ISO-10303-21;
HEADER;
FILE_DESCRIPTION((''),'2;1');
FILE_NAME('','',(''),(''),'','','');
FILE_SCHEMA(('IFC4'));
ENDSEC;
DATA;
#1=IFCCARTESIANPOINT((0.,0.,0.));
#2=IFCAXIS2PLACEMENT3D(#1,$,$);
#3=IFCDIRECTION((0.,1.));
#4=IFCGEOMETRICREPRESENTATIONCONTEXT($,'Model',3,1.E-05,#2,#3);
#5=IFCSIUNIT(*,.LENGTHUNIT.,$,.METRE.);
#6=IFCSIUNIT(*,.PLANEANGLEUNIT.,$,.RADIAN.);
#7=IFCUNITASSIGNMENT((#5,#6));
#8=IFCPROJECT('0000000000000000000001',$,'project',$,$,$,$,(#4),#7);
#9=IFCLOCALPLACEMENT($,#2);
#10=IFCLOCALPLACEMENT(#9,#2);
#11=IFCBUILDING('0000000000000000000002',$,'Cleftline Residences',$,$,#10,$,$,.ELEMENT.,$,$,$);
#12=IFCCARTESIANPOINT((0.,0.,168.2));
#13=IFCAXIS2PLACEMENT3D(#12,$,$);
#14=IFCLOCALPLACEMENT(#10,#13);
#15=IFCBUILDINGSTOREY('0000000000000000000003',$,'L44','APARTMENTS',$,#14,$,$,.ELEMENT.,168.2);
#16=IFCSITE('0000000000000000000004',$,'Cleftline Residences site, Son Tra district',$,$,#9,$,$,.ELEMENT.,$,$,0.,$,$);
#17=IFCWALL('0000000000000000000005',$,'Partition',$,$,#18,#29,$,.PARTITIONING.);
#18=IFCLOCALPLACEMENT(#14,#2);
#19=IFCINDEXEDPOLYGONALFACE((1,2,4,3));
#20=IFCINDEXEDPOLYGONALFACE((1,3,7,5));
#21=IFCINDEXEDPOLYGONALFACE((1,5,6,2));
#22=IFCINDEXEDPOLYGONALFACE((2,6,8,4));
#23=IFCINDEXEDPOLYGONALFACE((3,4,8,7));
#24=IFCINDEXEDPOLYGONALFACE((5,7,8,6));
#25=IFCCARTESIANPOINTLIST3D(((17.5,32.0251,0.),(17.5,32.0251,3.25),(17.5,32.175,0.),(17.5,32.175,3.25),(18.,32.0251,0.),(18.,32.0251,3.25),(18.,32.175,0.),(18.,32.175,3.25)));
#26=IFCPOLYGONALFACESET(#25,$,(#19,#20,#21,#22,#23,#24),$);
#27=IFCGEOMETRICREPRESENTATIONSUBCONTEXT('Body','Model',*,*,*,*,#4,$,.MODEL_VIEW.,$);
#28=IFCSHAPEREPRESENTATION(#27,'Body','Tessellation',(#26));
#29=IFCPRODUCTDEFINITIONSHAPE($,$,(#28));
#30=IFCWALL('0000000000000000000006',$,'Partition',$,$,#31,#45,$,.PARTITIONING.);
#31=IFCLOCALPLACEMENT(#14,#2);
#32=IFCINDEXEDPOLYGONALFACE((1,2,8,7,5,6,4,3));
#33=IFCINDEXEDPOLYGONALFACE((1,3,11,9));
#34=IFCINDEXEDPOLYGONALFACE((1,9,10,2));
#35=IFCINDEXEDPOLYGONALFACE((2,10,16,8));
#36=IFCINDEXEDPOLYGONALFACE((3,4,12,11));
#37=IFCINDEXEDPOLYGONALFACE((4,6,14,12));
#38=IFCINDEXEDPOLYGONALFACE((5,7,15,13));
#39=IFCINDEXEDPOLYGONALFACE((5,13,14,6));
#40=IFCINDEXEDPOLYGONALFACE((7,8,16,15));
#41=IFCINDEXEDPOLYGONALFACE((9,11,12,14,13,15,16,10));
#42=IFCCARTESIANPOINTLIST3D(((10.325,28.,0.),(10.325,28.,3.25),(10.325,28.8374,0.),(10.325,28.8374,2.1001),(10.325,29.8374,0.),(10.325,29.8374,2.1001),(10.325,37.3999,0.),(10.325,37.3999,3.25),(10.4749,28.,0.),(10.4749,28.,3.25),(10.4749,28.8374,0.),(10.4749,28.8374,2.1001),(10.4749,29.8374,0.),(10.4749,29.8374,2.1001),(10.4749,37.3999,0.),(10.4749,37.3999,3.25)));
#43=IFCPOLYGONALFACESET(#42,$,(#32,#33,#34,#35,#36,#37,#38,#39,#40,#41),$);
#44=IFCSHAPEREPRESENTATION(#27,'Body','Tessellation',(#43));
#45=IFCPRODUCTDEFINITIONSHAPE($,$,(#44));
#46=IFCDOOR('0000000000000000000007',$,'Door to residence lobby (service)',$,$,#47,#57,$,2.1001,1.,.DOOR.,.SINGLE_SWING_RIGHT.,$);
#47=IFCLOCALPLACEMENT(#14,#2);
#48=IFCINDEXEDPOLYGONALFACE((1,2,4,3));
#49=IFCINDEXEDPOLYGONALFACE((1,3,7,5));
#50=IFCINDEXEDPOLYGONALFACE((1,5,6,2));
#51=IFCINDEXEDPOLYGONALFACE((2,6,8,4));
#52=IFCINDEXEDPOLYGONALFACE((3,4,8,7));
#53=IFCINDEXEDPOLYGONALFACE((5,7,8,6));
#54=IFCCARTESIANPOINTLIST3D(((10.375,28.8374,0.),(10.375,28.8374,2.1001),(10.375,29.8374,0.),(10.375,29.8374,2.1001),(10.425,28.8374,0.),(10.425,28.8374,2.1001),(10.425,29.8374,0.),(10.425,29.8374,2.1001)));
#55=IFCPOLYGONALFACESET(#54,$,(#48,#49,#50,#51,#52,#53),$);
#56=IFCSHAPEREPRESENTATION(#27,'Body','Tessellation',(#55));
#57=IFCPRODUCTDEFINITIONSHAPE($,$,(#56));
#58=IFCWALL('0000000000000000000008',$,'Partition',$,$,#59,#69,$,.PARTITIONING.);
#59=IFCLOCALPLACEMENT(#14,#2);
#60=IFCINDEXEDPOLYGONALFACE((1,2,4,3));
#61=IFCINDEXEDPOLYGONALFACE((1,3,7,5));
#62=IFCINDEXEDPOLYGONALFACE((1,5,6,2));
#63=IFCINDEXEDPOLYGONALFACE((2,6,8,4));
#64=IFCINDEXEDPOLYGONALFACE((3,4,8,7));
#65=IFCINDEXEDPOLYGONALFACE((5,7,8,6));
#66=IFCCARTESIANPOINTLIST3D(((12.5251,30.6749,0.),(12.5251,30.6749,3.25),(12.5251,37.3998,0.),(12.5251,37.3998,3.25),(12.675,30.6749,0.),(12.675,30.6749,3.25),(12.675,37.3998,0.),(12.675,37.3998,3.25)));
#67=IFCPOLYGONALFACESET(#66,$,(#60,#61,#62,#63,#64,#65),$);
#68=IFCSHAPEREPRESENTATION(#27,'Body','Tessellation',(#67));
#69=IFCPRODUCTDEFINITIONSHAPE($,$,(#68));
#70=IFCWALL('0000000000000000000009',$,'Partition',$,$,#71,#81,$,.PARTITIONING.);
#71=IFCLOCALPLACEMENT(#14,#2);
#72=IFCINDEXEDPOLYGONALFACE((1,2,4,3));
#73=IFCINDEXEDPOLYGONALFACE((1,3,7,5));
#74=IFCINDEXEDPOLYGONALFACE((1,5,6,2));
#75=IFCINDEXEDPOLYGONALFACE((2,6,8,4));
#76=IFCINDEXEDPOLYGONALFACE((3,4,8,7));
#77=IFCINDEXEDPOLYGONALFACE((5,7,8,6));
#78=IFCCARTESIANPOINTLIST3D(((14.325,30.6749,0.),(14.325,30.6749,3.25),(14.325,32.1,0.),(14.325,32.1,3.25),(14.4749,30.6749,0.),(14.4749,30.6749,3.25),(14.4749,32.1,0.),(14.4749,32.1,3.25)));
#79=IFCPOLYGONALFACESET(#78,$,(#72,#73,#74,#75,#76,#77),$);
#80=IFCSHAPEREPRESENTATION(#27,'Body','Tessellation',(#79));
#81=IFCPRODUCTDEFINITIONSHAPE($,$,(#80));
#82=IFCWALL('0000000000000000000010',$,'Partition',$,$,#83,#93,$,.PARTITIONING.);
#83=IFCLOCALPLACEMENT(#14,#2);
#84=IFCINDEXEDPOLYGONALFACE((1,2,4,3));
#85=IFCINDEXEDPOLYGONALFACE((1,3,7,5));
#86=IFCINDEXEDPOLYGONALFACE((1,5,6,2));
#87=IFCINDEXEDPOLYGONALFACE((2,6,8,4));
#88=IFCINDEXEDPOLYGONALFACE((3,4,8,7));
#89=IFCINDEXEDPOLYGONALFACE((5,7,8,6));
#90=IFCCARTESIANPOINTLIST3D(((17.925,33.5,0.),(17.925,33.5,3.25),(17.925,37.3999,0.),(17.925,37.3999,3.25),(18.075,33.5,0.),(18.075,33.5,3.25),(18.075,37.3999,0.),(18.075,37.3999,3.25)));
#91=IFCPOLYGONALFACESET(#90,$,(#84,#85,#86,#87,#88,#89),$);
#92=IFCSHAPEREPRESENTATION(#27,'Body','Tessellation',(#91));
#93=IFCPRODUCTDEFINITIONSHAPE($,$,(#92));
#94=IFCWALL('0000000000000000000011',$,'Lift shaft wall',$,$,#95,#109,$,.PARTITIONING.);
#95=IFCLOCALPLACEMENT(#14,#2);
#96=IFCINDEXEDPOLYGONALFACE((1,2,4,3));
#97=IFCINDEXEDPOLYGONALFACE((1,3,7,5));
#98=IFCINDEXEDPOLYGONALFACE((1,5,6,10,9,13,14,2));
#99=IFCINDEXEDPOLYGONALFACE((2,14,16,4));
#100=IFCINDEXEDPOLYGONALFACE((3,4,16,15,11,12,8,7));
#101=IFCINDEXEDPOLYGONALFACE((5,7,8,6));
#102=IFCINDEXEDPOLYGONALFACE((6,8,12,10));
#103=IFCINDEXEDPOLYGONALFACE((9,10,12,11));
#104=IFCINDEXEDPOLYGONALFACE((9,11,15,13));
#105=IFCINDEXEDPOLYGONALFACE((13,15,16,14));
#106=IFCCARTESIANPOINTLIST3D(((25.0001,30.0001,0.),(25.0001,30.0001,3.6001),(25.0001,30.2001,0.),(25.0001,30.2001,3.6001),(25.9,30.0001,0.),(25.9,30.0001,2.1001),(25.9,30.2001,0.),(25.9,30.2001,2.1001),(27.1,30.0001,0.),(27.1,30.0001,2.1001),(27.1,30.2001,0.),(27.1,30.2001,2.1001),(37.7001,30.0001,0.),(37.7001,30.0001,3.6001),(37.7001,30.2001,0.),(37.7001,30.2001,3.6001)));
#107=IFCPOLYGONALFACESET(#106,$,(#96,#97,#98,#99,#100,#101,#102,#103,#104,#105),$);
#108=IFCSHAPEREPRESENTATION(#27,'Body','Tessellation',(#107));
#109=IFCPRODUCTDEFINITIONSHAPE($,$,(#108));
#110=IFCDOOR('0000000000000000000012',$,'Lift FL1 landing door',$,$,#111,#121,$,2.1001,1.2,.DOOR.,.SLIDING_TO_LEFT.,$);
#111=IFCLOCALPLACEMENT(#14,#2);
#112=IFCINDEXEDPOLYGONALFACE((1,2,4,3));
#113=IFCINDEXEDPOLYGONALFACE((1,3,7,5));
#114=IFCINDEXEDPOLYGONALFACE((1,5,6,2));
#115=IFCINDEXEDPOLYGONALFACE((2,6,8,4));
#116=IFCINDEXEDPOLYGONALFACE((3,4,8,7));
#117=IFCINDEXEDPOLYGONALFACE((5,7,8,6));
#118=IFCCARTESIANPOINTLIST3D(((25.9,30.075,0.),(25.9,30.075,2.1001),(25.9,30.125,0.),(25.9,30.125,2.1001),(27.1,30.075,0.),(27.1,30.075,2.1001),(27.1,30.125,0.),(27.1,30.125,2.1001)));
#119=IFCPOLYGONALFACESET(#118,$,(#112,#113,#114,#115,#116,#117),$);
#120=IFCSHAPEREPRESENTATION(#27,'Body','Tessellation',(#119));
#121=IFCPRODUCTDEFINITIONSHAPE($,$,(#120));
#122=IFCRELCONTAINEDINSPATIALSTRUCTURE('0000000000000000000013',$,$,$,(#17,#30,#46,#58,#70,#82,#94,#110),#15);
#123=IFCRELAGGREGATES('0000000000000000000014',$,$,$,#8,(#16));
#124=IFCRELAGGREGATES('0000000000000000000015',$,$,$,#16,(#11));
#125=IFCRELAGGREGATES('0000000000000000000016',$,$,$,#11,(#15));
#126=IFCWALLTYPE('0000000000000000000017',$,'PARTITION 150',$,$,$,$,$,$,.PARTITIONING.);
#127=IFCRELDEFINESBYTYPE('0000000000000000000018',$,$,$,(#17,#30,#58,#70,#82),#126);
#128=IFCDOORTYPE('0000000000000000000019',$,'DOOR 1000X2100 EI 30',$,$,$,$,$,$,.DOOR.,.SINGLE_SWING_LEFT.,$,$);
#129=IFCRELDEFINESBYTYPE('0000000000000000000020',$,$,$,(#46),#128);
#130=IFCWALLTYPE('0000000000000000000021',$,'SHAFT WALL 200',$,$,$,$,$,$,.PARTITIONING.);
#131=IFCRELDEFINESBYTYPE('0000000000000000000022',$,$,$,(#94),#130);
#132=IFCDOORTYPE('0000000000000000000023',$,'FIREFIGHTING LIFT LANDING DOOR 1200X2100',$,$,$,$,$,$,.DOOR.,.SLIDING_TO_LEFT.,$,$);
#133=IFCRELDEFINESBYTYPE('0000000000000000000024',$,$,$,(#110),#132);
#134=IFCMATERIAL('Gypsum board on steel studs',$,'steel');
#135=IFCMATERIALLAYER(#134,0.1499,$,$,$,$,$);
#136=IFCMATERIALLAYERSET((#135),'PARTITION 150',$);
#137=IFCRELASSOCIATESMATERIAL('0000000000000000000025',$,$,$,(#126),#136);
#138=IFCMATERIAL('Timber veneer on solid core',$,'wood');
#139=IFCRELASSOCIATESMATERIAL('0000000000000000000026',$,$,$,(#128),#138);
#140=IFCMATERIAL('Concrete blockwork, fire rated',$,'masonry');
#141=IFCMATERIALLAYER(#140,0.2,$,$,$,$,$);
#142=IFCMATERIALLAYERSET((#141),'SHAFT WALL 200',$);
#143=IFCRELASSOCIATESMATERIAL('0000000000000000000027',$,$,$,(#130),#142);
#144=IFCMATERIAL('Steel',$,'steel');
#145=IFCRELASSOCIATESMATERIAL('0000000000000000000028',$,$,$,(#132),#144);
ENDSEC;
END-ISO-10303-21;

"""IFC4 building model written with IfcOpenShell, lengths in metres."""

from ifc_helpers import new_model, si_unit, direction, frame, frame_2d, origin, place, context, subcontext, project, spatial, rectangle, extrude, material, layer, layer_set, type_object, element, fill, save


model = new_model("IFC4")

# Units and contexts
model_context = context("Model", 3, precision=1e-05, world=origin(), true_north=direction((0.0, 1.0)))
body_context = subcontext(model_context, "Body", "Model", "MODEL_VIEW")
ifc_project = project(units=[si_unit("LENGTHUNIT", "METRE"), si_unit("PLANEANGLEUNIT", "RADIAN")], contexts=[model_context])

# Site, building, storey
site_placement = place(None, origin())
site = spatial("IfcSite", under=ifc_project, at=site_placement, Name="Cleftline Residences site, Son Tra district", CompositionType="ELEMENT", RefElevation=0.0)
building_placement = place(site_placement, origin())
building = spatial("IfcBuilding", under=site, at=building_placement, Name="Cleftline Residences", CompositionType="ELEMENT")
storey_placement = place(building_placement, frame((0.0, 0.0, 168.2)))
storey = spatial("IfcBuildingStorey", under=building, at=storey_placement, Name="L44", Description="APARTMENTS", CompositionType="ELEMENT", Elevation=168.2)

# Shared definitions
ifc_material_1 = material(Name="Gypsum board on steel studs", Category="steel")
ifc_layer_1 = layer(ifc_material_1, 0.1499)
ifc_layer_set_1 = layer_set([ifc_layer_1], Name="PARTITION 150")
wall_type_1 = type_object("IfcWallType", Name="PARTITION 150", PredefinedType="PARTITIONING", material=ifc_layer_set_1)

# Wall
wall_1_placement = place(storey_placement, frame((17.5, 32.1001, 0.0), z_axis=(0.0, 0.0, 1.0), x_axis=(1.0, 0.0, 0.0)))
element("IfcWall", 1, at=wall_1_placement, inside=storey, type_object=wall_type_1, Name="Partition", PredefinedType="PARTITIONING", context=body_context, shape_type="SweptSolid", body=[
    extrude(rectangle(XDim=0.5, YDim=0.1499, at=frame_2d((0.25, 0.0))), origin(), (0.0, 0.0, 1.0), 3.25),
])

# Wall, opening, door
wall_2_placement = place(storey_placement, frame((10.3999, 28.0, 0.0), z_axis=(0.0, 0.0, 1.0), x_axis=(0.0, 1.0, 0.0)))
wall_2 = element("IfcWall", 2, at=wall_2_placement, inside=storey, type_object=wall_type_1, Name="Partition", PredefinedType="PARTITIONING", context=body_context, shape_type="SweptSolid", body=[
    extrude(rectangle(XDim=9.3999, YDim=0.1499, at=frame_2d((4.7, 0.0))), origin(), (0.0, 0.0, 1.0), 3.25),
])
opening_1_placement = place(wall_2_placement, frame((0.8374, 0.0, 0.0)))
opening_1 = element("IfcOpeningElement", 3, at=opening_1_placement, cuts=wall_2, PredefinedType="OPENING", context=body_context, shape_type="SweptSolid", body=[
    extrude(rectangle(XDim=1.0, YDim=2.1001, at=frame_2d((0.5, 1.05))), frame((0.0, 0.085, 0.0), z_axis=(0.0, -1.0, 0.0), x_axis=(1.0, 0.0, 0.0)), (0.0, 0.0, 1.0), 0.1699),
])
ifc_material_2 = material(Name="Timber veneer on solid core", Category="wood")
door_type_1 = type_object("IfcDoorType", Name="DOOR 1000X2100 EI 30", OperationType="SINGLE_SWING_LEFT", PredefinedType="DOOR", material=ifc_material_2)
door_1_placement = place(opening_1_placement, origin())
door_1 = element("IfcDoor", 4, at=door_1_placement, inside=storey, type_object=door_type_1, Name="Door to residence lobby (service)", OperationType="SINGLE_SWING_RIGHT", OverallHeight=2.1001, OverallWidth=1.0, PredefinedType="DOOR", context=body_context, shape_type="SweptSolid", body=[
    extrude(rectangle(XDim=1.0, YDim=2.1001, at=frame_2d((0.5, 1.05))), frame((0.0, 0.0249, 0.0), z_axis=(0.0, -1.0, 0.0), x_axis=(1.0, 0.0, 0.0)), (0.0, 0.0, 1.0), 0.05),
])
fill(opening_1, door_1)

# Walls
wall_3_placement = place(storey_placement, frame((12.6001, 30.675, 0.0), z_axis=(0.0, 0.0, 1.0), x_axis=(0.0, 1.0, 0.0)))
element("IfcWall", 5, at=wall_3_placement, inside=storey, type_object=wall_type_1, Name="Partition", PredefinedType="PARTITIONING", context=body_context, shape_type="SweptSolid", body=[
    extrude(rectangle(XDim=6.7249, YDim=0.1499, at=frame_2d((3.3623, 0.0))), origin(), (0.0, 0.0, 1.0), 3.25),
])
wall_4_placement = place(storey_placement, frame((14.3999, 30.675, 0.0), z_axis=(0.0, 0.0, 1.0), x_axis=(0.0, 1.0, 0.0)))
element("IfcWall", 6, at=wall_4_placement, inside=storey, type_object=wall_type_1, Name="Partition", PredefinedType="PARTITIONING", context=body_context, shape_type="SweptSolid", body=[
    extrude(rectangle(XDim=1.425, YDim=0.1499, at=frame_2d((0.7124, 0.0))), origin(), (0.0, 0.0, 1.0), 3.25),
])
wall_5_placement = place(storey_placement, frame((18.0, 33.5, 0.0), z_axis=(0.0, 0.0, 1.0), x_axis=(0.0, 1.0, 0.0)))
element("IfcWall", 7, at=wall_5_placement, inside=storey, type_object=wall_type_1, Name="Partition", PredefinedType="PARTITIONING", context=body_context, shape_type="SweptSolid", body=[
    extrude(rectangle(XDim=3.8999, YDim=0.1499, at=frame_2d((1.95, 0.0))), origin(), (0.0, 0.0, 1.0), 3.25),
])

# Wall, opening, door
ifc_material_3 = material(Name="Concrete blockwork, fire rated", Category="masonry")
ifc_layer_2 = layer(ifc_material_3, 0.2)
ifc_layer_set_2 = layer_set([ifc_layer_2], Name="SHAFT WALL 200")
wall_type_2 = type_object("IfcWallType", Name="SHAFT WALL 200", PredefinedType="PARTITIONING", material=ifc_layer_set_2)
wall_6_placement = place(storey_placement, frame((25.0, 30.1001, 0.0), z_axis=(0.0, 0.0, 1.0), x_axis=(1.0, 0.0, 0.0)))
wall_6 = element("IfcWall", 8, at=wall_6_placement, inside=storey, type_object=wall_type_2, Name="Lift shaft wall", PredefinedType="PARTITIONING", context=body_context, shape_type="SweptSolid", body=[
    extrude(rectangle(XDim=12.7, YDim=0.2, at=frame_2d((6.3501, 0.0))), origin(), (0.0, 0.0, 1.0), 3.6001),
])
opening_2_placement = place(wall_6_placement, frame((0.8999, 0.0, 0.0)))
opening_2 = element("IfcOpeningElement", 9, at=opening_2_placement, cuts=wall_6, PredefinedType="OPENING", context=body_context, shape_type="SweptSolid", body=[
    extrude(rectangle(XDim=1.2, YDim=2.1001, at=frame_2d((0.6001, 1.05))), frame((0.0, 0.1099, 0.0), z_axis=(0.0, -1.0, 0.0), x_axis=(1.0, 0.0, 0.0)), (0.0, 0.0, 1.0), 0.22),
])
ifc_material_4 = material(Name="Steel", Category="steel")
door_type_2 = type_object("IfcDoorType", Name="FIREFIGHTING LIFT LANDING DOOR 1200X2100", OperationType="SLIDING_TO_LEFT", PredefinedType="DOOR", material=ifc_material_4)
door_2_placement = place(opening_2_placement, origin())
door_2 = element("IfcDoor", 10, at=door_2_placement, inside=storey, type_object=door_type_2, Name="Lift FL1 landing door", OperationType="SLIDING_TO_LEFT", OverallHeight=2.1001, OverallWidth=1.2, PredefinedType="DOOR", context=body_context, shape_type="SweptSolid", body=[
    extrude(rectangle(XDim=1.2, YDim=2.1001, at=frame_2d((0.6001, 1.05))), frame((0.0, 0.0249, 0.0), z_axis=(0.0, -1.0, 0.0), x_axis=(1.0, 0.0, 0.0)), (0.0, 0.0, 1.0), 0.05),
])
fill(opening_2, door_2)

save(model, "model.ifc")
